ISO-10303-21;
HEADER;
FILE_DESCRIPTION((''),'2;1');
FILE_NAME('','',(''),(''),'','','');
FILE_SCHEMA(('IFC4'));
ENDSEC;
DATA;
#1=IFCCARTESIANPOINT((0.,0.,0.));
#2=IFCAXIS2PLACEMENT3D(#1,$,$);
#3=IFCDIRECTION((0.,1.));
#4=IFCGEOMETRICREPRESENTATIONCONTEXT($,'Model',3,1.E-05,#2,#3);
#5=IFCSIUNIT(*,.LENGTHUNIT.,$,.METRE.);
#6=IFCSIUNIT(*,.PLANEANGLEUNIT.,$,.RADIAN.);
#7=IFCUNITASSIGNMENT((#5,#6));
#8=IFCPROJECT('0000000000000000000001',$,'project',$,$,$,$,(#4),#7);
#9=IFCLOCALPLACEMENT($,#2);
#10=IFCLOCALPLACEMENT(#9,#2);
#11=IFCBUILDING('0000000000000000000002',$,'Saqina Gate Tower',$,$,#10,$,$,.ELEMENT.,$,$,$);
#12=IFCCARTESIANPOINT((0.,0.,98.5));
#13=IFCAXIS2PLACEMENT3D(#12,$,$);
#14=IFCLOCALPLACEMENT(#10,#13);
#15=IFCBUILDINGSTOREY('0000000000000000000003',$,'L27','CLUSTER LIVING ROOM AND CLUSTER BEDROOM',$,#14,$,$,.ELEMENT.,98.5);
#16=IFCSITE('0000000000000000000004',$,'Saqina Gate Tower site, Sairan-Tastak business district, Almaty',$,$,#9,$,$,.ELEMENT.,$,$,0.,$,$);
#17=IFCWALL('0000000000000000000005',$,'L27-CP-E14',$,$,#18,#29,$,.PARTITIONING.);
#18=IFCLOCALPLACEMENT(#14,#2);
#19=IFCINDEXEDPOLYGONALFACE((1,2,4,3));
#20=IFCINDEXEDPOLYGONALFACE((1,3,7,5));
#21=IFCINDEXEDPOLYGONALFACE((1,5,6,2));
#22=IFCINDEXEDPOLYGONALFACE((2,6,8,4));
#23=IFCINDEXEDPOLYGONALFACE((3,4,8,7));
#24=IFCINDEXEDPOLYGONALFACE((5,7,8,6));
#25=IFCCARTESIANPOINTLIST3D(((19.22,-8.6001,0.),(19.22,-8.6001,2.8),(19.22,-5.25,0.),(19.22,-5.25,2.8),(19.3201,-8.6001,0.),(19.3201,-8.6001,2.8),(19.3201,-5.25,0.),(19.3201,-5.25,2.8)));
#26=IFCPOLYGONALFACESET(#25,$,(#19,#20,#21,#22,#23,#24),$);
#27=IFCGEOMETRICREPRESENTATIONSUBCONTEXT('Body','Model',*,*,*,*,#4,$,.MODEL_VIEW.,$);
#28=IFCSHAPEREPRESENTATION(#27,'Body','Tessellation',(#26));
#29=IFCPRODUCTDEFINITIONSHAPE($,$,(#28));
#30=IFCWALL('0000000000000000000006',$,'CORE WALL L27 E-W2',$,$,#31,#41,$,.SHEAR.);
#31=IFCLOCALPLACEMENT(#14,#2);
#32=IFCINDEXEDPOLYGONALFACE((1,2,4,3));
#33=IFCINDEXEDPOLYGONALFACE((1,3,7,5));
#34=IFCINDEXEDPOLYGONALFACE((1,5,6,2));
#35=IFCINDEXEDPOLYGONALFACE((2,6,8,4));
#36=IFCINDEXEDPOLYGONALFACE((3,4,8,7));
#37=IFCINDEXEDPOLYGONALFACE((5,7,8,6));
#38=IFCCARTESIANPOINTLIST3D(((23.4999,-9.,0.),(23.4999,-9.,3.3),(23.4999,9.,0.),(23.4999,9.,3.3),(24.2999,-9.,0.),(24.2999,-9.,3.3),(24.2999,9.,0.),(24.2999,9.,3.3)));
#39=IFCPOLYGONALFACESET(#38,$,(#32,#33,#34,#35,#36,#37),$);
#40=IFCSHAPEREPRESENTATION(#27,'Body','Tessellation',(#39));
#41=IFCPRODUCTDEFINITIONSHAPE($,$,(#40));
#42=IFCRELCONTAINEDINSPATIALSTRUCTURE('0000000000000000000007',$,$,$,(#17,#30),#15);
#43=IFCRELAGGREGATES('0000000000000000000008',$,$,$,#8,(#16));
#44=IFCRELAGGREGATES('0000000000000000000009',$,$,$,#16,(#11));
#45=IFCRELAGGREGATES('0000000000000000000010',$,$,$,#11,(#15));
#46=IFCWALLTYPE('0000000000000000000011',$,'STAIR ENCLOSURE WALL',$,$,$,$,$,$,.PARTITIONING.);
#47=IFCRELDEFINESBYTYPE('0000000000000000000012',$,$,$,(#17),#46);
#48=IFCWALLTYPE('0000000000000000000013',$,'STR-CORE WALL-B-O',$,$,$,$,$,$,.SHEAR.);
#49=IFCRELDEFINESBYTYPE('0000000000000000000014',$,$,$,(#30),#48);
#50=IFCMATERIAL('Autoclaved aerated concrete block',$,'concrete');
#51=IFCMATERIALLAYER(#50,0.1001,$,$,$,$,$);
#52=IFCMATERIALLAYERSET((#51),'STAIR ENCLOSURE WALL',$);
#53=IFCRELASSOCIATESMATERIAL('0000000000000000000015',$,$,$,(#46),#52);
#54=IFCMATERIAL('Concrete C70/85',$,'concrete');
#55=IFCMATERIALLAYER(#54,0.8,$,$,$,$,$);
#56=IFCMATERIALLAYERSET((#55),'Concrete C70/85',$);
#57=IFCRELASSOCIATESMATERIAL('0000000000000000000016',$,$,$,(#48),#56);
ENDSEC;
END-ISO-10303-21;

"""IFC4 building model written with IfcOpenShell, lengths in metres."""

from ifc_helpers import new_model, si_unit, direction, frame, frame_2d, origin, place, context, subcontext, project, spatial, rectangle, extrude, material, layer, layer_set, type_object, element, save


model = new_model("IFC4")

# Units and contexts
model_context = context("Model", 3, precision=1e-05, world=origin(), true_north=direction((0.0, 1.0)))
body_context = subcontext(model_context, "Body", "Model", "MODEL_VIEW")
ifc_project = project(units=[si_unit("LENGTHUNIT", "METRE"), si_unit("PLANEANGLEUNIT", "RADIAN")], contexts=[model_context])

# Site, building, storey
site_placement = place(None, origin())
site = spatial("IfcSite", under=ifc_project, at=site_placement, Name="Saqina Gate Tower site, Sairan-Tastak business district, Almaty", CompositionType="ELEMENT", RefElevation=0.0)
building_placement = place(site_placement, origin())
building = spatial("IfcBuilding", under=site, at=building_placement, Name="Saqina Gate Tower", CompositionType="ELEMENT")
storey_placement = place(building_placement, frame((0.0, 0.0, 98.5)))
storey = spatial("IfcBuildingStorey", under=building, at=storey_placement, Name="L27", Description="CLUSTER LIVING ROOM AND CLUSTER BEDROOM", CompositionType="ELEMENT", Elevation=98.5)

# Walls
ifc_material_1 = material(Name="Autoclaved aerated concrete block", Category="concrete")
ifc_layer_1 = layer(ifc_material_1, 0.1001)
ifc_layer_set_1 = layer_set([ifc_layer_1], Name="STAIR ENCLOSURE WALL")
wall_type_1 = type_object("IfcWallType", Name="STAIR ENCLOSURE WALL", PredefinedType="PARTITIONING", material=ifc_layer_set_1)
wall_1_placement = place(storey_placement, frame((19.27, -8.6001, 0.0), z_axis=(0.0, 0.0, 1.0), x_axis=(0.0, 1.0, 0.0)))
element("IfcWall", 1, at=wall_1_placement, inside=storey, type_object=wall_type_1, Name="L27-CP-E14", PredefinedType="PARTITIONING", context=body_context, shape_type="SweptSolid", body=[
    extrude(rectangle(XDim=3.3501, YDim=0.1001, at=frame_2d((1.675, 0.0))), origin(), (0.0, 0.0, 1.0), 2.8),
])
ifc_material_2 = material(Name="Concrete C70/85", Category="concrete")
ifc_layer_2 = layer(ifc_material_2, 0.8)
ifc_layer_set_2 = layer_set([ifc_layer_2], Name="Concrete C70/85")
wall_type_2 = type_object("IfcWallType", Name="STR-CORE WALL-B-O", PredefinedType="SHEAR", material=ifc_layer_set_2)
wall_2_placement = place(storey_placement, frame((23.8999, -9.0, 0.0), z_axis=(0.0, 0.0, 1.0), x_axis=(0.0, 1.0, 0.0)))
element("IfcWall", 2, at=wall_2_placement, inside=storey, type_object=wall_type_2, Name="CORE WALL L27 E-W2", PredefinedType="SHEAR", context=body_context, shape_type="SweptSolid", body=[
    extrude(rectangle(XDim=18.0, YDim=0.8, at=frame_2d((9.0, 0.0))), origin(), (0.0, 0.0, 1.0), 3.3),
])

save(model, "model.ifc")
